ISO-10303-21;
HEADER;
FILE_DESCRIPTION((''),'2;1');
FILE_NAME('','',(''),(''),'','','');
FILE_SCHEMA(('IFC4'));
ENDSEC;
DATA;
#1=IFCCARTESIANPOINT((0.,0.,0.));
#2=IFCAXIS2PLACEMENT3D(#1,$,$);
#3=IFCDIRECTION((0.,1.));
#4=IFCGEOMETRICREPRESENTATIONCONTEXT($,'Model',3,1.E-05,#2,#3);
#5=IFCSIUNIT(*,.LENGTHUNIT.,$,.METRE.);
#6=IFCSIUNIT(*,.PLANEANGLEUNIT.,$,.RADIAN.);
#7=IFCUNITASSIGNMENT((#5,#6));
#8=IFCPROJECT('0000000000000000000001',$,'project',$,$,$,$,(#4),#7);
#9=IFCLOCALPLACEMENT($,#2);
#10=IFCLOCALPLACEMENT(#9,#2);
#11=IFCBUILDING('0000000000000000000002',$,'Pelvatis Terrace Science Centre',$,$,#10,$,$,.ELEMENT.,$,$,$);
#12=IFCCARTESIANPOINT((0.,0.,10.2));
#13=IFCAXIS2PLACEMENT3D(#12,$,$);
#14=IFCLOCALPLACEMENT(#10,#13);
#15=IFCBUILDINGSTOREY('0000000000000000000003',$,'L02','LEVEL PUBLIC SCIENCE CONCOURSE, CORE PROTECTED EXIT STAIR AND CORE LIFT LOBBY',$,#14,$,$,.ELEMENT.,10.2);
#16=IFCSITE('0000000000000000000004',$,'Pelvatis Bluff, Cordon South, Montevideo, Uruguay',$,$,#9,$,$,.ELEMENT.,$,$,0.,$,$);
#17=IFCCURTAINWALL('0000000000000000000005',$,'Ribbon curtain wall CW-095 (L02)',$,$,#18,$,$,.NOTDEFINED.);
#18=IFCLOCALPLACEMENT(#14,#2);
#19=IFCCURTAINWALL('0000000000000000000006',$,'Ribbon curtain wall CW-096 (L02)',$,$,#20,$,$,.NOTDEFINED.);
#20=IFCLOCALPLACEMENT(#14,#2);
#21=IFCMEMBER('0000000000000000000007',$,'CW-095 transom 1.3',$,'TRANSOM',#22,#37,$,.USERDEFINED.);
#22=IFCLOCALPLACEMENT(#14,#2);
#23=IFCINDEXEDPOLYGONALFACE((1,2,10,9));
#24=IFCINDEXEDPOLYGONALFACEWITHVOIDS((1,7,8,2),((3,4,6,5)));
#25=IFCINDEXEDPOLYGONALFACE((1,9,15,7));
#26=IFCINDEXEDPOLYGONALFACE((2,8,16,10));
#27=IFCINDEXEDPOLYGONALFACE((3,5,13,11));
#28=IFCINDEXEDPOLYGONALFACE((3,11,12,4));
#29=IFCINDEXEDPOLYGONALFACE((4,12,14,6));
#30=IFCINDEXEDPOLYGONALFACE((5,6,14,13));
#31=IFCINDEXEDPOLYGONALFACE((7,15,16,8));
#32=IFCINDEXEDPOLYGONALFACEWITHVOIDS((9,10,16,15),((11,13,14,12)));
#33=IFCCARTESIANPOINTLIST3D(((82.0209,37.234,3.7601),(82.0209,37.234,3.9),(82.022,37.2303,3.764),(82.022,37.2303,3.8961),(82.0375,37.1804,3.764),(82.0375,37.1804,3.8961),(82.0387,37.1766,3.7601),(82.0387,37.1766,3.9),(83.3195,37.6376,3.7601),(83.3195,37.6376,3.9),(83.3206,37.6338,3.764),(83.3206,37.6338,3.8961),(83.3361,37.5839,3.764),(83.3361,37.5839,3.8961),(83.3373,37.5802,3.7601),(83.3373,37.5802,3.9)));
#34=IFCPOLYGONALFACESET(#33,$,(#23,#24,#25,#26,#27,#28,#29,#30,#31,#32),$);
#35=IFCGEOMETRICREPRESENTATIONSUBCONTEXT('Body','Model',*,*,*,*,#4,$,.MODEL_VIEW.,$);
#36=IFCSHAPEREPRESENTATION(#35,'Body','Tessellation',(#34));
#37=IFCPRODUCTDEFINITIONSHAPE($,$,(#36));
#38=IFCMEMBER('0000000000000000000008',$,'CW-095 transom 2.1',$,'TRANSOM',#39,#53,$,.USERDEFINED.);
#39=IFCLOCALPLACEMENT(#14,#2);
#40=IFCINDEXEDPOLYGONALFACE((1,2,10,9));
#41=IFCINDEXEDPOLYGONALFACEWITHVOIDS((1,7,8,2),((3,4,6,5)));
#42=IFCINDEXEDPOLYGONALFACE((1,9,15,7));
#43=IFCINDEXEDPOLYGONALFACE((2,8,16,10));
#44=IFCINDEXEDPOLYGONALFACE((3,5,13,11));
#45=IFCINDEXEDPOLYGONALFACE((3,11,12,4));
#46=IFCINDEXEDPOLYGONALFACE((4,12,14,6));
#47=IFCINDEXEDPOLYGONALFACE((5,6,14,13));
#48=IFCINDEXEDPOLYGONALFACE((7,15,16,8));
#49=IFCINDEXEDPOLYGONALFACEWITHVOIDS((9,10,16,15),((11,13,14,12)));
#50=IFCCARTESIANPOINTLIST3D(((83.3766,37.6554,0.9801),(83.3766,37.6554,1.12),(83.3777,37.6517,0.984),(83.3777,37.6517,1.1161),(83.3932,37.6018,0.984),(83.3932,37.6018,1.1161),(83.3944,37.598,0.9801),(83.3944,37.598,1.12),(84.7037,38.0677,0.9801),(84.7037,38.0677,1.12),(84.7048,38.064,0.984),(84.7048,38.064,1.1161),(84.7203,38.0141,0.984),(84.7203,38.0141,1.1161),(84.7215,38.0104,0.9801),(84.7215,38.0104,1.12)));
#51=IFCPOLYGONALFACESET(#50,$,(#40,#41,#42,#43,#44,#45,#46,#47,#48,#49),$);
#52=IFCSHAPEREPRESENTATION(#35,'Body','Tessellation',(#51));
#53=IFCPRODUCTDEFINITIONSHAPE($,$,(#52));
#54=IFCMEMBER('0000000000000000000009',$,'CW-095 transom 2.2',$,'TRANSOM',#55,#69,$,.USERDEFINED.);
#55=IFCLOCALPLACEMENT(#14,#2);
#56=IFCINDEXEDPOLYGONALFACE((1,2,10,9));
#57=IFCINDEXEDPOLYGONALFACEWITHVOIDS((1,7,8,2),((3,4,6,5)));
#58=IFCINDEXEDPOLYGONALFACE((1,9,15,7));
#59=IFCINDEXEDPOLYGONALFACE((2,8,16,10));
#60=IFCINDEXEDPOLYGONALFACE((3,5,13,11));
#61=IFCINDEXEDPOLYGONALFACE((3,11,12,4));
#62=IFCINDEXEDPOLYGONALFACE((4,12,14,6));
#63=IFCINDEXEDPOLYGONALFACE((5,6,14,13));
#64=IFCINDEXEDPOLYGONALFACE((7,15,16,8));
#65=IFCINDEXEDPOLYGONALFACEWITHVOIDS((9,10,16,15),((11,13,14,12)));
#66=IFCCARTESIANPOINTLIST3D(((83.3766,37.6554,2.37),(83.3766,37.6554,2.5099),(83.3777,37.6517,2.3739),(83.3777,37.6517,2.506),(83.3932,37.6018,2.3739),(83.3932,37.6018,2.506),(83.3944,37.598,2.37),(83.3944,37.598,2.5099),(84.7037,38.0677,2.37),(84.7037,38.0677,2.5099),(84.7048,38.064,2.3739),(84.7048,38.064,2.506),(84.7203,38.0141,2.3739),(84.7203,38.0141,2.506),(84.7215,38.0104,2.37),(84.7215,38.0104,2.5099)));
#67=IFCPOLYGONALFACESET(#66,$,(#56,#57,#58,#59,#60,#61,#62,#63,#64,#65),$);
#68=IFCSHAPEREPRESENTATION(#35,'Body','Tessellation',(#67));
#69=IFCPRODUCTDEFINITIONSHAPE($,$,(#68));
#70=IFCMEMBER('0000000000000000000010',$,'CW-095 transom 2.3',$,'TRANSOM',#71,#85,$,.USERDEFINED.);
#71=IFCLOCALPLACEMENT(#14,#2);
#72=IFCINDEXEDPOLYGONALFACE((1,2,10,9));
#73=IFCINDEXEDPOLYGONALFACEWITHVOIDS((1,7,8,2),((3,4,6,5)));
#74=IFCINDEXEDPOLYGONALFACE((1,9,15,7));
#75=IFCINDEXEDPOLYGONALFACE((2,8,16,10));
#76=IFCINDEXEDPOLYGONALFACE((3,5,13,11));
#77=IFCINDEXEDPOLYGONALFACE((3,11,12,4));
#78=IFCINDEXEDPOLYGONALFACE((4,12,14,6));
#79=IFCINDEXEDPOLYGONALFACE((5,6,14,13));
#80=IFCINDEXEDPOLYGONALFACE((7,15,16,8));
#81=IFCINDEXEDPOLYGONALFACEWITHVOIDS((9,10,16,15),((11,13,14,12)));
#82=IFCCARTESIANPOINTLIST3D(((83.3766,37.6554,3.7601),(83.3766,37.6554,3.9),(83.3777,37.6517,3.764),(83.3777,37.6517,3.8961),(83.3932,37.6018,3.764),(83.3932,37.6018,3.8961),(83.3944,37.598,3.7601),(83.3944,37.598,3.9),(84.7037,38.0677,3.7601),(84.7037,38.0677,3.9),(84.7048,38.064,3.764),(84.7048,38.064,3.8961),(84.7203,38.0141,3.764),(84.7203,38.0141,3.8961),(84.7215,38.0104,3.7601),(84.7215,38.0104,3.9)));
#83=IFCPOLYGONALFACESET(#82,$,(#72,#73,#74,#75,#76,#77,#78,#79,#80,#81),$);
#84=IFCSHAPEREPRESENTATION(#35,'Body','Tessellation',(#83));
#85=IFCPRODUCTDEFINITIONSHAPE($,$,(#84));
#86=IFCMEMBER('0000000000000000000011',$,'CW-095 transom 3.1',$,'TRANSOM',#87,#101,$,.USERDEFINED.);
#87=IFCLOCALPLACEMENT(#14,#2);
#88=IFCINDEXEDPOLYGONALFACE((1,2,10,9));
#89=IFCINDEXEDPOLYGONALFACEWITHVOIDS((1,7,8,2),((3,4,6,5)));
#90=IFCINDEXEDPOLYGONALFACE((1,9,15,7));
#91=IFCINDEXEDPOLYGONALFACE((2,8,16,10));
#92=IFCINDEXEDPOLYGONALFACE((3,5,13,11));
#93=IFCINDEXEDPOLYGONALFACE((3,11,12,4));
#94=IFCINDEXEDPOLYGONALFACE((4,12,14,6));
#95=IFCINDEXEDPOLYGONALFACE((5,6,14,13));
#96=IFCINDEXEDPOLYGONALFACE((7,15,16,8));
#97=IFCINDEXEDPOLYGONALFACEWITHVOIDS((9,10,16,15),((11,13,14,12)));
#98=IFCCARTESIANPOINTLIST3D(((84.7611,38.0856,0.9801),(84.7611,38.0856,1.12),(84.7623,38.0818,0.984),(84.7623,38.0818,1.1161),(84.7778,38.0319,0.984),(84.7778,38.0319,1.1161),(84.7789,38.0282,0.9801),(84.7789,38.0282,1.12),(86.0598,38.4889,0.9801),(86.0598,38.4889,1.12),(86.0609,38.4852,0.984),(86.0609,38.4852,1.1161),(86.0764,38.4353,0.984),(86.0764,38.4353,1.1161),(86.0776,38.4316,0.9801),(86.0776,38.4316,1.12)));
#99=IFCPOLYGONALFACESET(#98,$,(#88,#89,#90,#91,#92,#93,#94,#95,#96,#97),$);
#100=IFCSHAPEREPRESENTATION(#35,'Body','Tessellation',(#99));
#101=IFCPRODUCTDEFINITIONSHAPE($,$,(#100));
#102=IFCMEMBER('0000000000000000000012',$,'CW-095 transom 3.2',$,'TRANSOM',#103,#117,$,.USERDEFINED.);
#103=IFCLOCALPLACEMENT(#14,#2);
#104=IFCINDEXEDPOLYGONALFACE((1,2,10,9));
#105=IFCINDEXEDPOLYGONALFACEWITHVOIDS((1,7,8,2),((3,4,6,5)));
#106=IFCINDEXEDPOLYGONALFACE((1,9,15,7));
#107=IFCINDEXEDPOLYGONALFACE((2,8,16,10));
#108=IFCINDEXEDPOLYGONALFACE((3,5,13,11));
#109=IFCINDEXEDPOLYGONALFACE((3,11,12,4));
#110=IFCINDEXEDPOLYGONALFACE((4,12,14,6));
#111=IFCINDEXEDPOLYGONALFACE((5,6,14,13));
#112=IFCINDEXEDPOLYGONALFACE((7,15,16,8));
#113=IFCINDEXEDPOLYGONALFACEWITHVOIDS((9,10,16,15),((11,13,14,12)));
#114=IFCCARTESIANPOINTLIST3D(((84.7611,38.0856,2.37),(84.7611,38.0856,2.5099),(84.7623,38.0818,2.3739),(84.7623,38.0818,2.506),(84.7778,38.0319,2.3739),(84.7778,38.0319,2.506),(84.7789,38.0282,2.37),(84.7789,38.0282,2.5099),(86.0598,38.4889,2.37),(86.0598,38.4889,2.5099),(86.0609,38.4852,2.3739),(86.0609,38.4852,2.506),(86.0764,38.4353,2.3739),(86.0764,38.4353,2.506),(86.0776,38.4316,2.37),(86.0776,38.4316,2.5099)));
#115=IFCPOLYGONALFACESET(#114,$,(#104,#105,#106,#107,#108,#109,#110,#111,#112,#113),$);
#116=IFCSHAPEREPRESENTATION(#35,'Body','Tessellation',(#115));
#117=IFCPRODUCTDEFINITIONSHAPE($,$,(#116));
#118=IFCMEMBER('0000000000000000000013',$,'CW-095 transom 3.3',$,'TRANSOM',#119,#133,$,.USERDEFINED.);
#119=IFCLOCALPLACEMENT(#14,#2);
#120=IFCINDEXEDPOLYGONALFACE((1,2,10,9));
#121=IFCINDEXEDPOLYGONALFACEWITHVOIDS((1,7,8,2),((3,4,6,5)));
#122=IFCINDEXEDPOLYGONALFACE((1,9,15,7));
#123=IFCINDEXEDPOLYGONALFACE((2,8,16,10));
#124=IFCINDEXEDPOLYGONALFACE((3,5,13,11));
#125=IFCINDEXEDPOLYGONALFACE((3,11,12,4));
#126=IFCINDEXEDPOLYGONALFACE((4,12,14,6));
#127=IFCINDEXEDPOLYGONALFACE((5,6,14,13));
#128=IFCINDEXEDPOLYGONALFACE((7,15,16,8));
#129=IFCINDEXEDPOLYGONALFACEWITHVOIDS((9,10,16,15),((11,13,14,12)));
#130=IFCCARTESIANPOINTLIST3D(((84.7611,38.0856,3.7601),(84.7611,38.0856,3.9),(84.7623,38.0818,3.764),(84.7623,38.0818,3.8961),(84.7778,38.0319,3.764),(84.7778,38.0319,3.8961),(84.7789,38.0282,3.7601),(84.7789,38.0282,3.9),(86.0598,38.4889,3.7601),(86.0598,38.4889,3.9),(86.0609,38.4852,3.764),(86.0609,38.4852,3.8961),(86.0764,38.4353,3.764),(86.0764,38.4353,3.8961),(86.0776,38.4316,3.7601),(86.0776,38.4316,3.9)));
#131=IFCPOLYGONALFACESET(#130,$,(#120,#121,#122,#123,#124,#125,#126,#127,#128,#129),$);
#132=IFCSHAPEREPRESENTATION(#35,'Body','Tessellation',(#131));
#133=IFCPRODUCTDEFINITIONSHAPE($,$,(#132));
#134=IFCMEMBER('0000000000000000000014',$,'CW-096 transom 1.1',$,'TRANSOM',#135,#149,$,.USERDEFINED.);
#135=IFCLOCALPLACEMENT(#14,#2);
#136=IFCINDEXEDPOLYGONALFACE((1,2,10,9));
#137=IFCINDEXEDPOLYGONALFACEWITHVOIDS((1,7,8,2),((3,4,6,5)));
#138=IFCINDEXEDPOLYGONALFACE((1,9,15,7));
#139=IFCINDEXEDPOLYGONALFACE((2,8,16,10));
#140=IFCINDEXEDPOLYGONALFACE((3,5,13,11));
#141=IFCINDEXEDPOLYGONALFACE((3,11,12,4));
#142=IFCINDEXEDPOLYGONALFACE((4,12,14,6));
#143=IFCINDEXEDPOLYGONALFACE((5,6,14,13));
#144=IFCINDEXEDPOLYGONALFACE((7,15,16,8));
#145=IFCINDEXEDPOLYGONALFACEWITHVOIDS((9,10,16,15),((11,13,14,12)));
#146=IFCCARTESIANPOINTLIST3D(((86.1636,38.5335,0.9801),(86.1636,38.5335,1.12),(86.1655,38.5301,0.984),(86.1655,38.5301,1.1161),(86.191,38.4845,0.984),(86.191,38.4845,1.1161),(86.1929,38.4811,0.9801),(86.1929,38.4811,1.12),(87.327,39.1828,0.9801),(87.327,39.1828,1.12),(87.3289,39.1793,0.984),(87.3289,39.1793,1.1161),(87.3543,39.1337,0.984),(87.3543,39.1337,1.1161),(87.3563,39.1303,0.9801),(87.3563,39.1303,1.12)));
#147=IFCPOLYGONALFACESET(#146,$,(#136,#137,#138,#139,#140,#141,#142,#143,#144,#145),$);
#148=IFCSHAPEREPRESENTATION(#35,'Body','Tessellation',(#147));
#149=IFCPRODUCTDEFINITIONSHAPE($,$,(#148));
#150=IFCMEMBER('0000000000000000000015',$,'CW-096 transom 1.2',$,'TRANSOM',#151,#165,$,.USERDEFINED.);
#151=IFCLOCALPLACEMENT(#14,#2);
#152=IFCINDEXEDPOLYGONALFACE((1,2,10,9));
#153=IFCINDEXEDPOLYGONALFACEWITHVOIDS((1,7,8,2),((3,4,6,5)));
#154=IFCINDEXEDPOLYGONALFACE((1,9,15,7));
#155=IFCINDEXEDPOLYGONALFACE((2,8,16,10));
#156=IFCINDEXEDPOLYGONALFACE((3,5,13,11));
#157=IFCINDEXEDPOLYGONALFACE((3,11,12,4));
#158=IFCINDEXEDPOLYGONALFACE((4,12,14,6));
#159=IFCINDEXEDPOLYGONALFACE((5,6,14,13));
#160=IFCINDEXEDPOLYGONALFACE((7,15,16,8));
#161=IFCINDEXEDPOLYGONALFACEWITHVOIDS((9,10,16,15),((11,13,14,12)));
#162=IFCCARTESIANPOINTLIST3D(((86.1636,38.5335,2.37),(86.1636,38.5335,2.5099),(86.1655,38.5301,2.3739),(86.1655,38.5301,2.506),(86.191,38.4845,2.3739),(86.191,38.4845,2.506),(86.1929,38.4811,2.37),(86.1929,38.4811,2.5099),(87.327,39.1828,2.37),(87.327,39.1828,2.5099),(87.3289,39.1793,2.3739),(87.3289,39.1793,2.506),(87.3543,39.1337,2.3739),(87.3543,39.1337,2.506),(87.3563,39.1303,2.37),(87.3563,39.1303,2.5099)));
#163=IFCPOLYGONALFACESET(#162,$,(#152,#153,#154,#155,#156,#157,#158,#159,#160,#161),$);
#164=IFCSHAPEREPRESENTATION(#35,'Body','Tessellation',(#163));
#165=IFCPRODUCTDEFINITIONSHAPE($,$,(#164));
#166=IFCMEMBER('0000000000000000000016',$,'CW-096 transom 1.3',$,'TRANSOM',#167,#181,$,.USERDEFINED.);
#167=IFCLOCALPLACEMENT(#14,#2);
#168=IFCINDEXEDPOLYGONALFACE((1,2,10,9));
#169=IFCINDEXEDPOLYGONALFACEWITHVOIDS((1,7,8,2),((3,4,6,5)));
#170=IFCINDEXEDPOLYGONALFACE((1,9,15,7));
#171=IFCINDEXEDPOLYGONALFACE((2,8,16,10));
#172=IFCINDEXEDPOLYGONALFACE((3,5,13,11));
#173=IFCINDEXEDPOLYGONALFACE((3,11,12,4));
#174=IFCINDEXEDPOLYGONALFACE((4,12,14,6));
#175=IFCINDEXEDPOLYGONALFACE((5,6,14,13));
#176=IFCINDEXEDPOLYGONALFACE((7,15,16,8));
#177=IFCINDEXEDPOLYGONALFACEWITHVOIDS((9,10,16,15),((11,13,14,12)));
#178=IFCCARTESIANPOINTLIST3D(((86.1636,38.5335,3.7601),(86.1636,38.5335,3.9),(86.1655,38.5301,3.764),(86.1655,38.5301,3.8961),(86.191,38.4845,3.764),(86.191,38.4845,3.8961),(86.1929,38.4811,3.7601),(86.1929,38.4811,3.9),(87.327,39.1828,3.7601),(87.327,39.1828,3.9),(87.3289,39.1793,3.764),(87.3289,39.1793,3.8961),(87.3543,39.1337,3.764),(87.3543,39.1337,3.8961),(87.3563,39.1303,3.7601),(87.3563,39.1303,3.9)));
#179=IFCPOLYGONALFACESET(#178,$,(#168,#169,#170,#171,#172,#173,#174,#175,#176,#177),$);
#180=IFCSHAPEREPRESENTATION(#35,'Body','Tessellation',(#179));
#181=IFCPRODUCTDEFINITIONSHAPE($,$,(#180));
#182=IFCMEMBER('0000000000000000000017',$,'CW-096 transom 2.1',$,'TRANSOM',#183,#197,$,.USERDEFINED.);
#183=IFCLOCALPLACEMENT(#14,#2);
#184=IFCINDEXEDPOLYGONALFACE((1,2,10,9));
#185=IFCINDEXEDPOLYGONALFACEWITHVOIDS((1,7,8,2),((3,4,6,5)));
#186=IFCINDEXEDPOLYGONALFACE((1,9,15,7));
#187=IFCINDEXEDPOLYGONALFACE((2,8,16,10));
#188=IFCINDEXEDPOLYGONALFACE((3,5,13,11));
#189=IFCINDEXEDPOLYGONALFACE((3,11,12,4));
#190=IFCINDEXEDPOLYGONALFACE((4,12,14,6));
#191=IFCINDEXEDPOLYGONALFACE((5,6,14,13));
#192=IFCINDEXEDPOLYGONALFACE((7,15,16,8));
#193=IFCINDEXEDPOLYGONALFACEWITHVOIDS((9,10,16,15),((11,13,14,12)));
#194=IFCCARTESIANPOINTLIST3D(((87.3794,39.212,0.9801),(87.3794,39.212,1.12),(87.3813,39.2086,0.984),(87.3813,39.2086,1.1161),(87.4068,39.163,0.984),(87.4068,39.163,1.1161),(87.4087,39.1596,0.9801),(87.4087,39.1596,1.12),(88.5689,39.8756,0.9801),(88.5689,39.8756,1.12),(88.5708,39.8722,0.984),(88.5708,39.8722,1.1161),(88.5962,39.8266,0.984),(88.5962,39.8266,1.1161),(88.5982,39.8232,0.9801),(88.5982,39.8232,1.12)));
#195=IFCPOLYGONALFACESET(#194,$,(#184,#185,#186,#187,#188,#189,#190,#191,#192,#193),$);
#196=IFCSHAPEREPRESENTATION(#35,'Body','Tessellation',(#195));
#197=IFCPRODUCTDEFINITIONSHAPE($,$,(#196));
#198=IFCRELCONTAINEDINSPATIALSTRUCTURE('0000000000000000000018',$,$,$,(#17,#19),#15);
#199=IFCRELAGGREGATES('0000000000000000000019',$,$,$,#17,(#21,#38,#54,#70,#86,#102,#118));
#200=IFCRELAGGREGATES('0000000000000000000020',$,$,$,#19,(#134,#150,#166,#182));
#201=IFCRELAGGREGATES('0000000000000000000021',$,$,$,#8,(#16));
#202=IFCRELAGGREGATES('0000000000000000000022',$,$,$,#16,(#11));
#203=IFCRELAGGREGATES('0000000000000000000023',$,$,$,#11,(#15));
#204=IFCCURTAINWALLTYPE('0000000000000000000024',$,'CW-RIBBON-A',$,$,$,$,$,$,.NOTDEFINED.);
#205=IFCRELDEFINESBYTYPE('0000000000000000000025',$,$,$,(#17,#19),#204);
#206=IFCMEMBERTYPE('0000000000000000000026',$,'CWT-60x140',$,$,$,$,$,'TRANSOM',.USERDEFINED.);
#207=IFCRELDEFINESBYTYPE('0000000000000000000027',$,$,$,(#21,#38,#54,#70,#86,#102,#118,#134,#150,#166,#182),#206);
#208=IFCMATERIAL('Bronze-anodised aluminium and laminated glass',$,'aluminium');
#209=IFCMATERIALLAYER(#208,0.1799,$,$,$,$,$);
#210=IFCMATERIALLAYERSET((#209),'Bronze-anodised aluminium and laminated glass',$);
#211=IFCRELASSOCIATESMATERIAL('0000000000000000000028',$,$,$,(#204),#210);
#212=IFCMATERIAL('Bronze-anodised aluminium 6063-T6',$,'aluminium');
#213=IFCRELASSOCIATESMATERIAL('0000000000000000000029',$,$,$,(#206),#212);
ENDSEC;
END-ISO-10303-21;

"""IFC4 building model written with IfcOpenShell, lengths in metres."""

from ifc_helpers import new_model, si_unit, direction, frame, origin, origin_2d, place, context, subcontext, project, spatial, hollow_rectangle, extrude, material, layer, layer_set, material_profile, profile_set, type_object, element, aggregate, save


model = new_model("IFC4")

# Units and contexts
model_context = context("Model", 3, precision=1e-05, world=origin(), true_north=direction((0.0, 1.0)))
body_context = subcontext(model_context, "Body", "Model", "MODEL_VIEW")
ifc_project = project(units=[si_unit("LENGTHUNIT", "METRE"), si_unit("PLANEANGLEUNIT", "RADIAN")], contexts=[model_context])

# Site, building, storey
site_placement = place(None, origin())
site = spatial("IfcSite", under=ifc_project, at=site_placement, Name="Pelvatis Bluff, Cordon South, Montevideo, Uruguay", CompositionType="ELEMENT", RefElevation=0.0)
building_placement = place(site_placement, origin())
building = spatial("IfcBuilding", under=site, at=building_placement, Name="Pelvatis Terrace Science Centre", CompositionType="ELEMENT")
storey_placement = place(building_placement, frame((0.0, 0.0, 10.2)))
storey = spatial("IfcBuildingStorey", under=building, at=storey_placement, Name="L02", Description="LEVEL PUBLIC SCIENCE CONCOURSE, CORE PROTECTED EXIT STAIR AND CORE LIFT LOBBY", CompositionType="ELEMENT", Elevation=10.2)

# Curtain walls
ifc_material_1 = material(Name="Bronze-anodised aluminium and laminated glass", Category="aluminium")
ifc_layer_1 = layer(ifc_material_1, 0.1799)
ifc_layer_set_1 = layer_set([ifc_layer_1], Name="Bronze-anodised aluminium and laminated glass")
curtain_wall_type = type_object("IfcCurtainWallType", Name="CW-RIBBON-A", PredefinedType="NOTDEFINED", material=ifc_layer_set_1)
curtain_wall_1_placement = place(storey_placement, origin())
curtain_wall_1 = element("IfcCurtainWall", 1, at=curtain_wall_1_placement, inside=storey, type_object=curtain_wall_type, Name="Ribbon curtain wall CW-095 (L02)", PredefinedType="NOTDEFINED")
curtain_wall_2_placement = place(storey_placement, origin())
curtain_wall_2 = element("IfcCurtainWall", 2, at=curtain_wall_2_placement, inside=storey, type_object=curtain_wall_type, Name="Ribbon curtain wall CW-096 (L02)", PredefinedType="NOTDEFINED")

# Members
ifc_material_2 = material(Name="Bronze-anodised aluminium 6063-T6", Category="aluminium")
ifc_material_profile_1 = material_profile(ifc_material_2, hollow_rectangle(XDim=0.0601, YDim=0.1399, WallThickness=0.0039, at=origin_2d()), Name="ALU-TRN 60x140")
ifc_profile_set_1 = profile_set([ifc_material_profile_1], Name="Bronze-anodised aluminium 6063-T6")
member_type_1 = type_object("IfcMemberType", Name="CWT-60x140", ElementType="TRANSOM", PredefinedType="USERDEFINED", material=ifc_profile_set_1)
member_1_placement = place(storey_placement, frame((82.0298, 37.2053, 3.8301), z_axis=(0.954948, 0.296772, 0.0), x_axis=(-0.296772, 0.954948, 0.0)))
member_1 = element("IfcMember", 3, at=member_1_placement, type_object=member_type_1, Name="CW-095 transom 1.3", ObjectType="TRANSOM", PredefinedType="USERDEFINED", context=body_context, shape_type="SweptSolid", body=[
    extrude(hollow_rectangle(XDim=0.0601, YDim=0.1399, WallThickness=0.0039, at=origin_2d()), origin(), (0.0, 0.0, 1.0), 1.3599),
])
member_2_placement = place(storey_placement, frame((83.3855, 37.6267, 1.05), z_axis=(0.954966, 0.296714, 0.0), x_axis=(-0.296714, 0.954966, 0.0)))
member_2 = element("IfcMember", 4, at=member_2_placement, type_object=member_type_1, Name="CW-095 transom 2.1", ObjectType="TRANSOM", PredefinedType="USERDEFINED", context=body_context, shape_type="SweptSolid", body=[
    extrude(hollow_rectangle(XDim=0.0601, YDim=0.1399, WallThickness=0.0039, at=origin_2d()), origin(), (0.0, 0.0, 1.0), 1.3896),
])
member_3_placement = place(storey_placement, frame((83.3855, 37.6267, 2.4399), z_axis=(0.954966, 0.296714, 0.0), x_axis=(-0.296714, 0.954966, 0.0)))
member_3 = element("IfcMember", 5, at=member_3_placement, type_object=member_type_1, Name="CW-095 transom 2.2", ObjectType="TRANSOM", PredefinedType="USERDEFINED", context=body_context, shape_type="SweptSolid", body=[
    extrude(hollow_rectangle(XDim=0.0601, YDim=0.1399, WallThickness=0.0039, at=origin_2d()), origin(), (0.0, 0.0, 1.0), 1.3896),
])
member_4_placement = place(storey_placement, frame((83.3855, 37.6267, 3.8301), z_axis=(0.954966, 0.296714, 0.0), x_axis=(-0.296714, 0.954966, 0.0)))
member_4 = element("IfcMember", 6, at=member_4_placement, type_object=member_type_1, Name="CW-095 transom 2.3", ObjectType="TRANSOM", PredefinedType="USERDEFINED", context=body_context, shape_type="SweptSolid", body=[
    extrude(hollow_rectangle(XDim=0.0601, YDim=0.1399, WallThickness=0.0039, at=origin_2d()), origin(), (0.0, 0.0, 1.0), 1.3896),
])
member_5_placement = place(storey_placement, frame((84.77, 38.0569, 1.05), z_axis=(0.954999, 0.296608, 0.0), x_axis=(-0.296608, 0.954999, 0.0)))
member_5 = element("IfcMember", 7, at=member_5_placement, type_object=member_type_1, Name="CW-095 transom 3.1", ObjectType="TRANSOM", PredefinedType="USERDEFINED", context=body_context, shape_type="SweptSolid", body=[
    extrude(hollow_rectangle(XDim=0.0601, YDim=0.1399, WallThickness=0.0039, at=origin_2d()), origin(), (0.0, 0.0, 1.0), 1.3599),
])
member_6_placement = place(storey_placement, frame((84.77, 38.0569, 2.4399), z_axis=(0.954999, 0.296608, 0.0), x_axis=(-0.296608, 0.954999, 0.0)))
member_6 = element("IfcMember", 8, at=member_6_placement, type_object=member_type_1, Name="CW-095 transom 3.2", ObjectType="TRANSOM", PredefinedType="USERDEFINED", context=body_context, shape_type="SweptSolid", body=[
    extrude(hollow_rectangle(XDim=0.0601, YDim=0.1399, WallThickness=0.0039, at=origin_2d()), origin(), (0.0, 0.0, 1.0), 1.3599),
])
member_7_placement = place(storey_placement, frame((84.77, 38.0569, 3.8301), z_axis=(0.954999, 0.296608, 0.0), x_axis=(-0.296608, 0.954999, 0.0)))
member_7 = element("IfcMember", 9, at=member_7_placement, type_object=member_type_1, Name="CW-095 transom 3.3", ObjectType="TRANSOM", PredefinedType="USERDEFINED", context=body_context, shape_type="SweptSolid", body=[
    extrude(hollow_rectangle(XDim=0.0601, YDim=0.1399, WallThickness=0.0039, at=origin_2d()), origin(), (0.0, 0.0, 1.0), 1.3599),
])
member_8_placement = place(storey_placement, frame((86.1782, 38.5073, 1.05), z_axis=(0.873239, 0.487291, 0.0), x_axis=(-0.487291, 0.873239, 0.0)))
member_8 = element("IfcMember", 10, at=member_8_placement, type_object=member_type_1, Name="CW-096 transom 1.1", ObjectType="TRANSOM", PredefinedType="USERDEFINED", context=body_context, shape_type="SweptSolid", body=[
    extrude(hollow_rectangle(XDim=0.0601, YDim=0.1399, WallThickness=0.0039, at=origin_2d()), origin(), (0.0, 0.0, 1.0), 1.3323),
])
member_9_placement = place(storey_placement, frame((86.1782, 38.5073, 2.4399), z_axis=(0.873239, 0.487291, 0.0), x_axis=(-0.487291, 0.873239, 0.0)))
member_9 = element("IfcMember", 11, at=member_9_placement, type_object=member_type_1, Name="CW-096 transom 1.2", ObjectType="TRANSOM", PredefinedType="USERDEFINED", context=body_context, shape_type="SweptSolid", body=[
    extrude(hollow_rectangle(XDim=0.0601, YDim=0.1399, WallThickness=0.0039, at=origin_2d()), origin(), (0.0, 0.0, 1.0), 1.3323),
])
member_10_placement = place(storey_placement, frame((86.1782, 38.5073, 3.8301), z_axis=(0.873239, 0.487291, 0.0), x_axis=(-0.487291, 0.873239, 0.0)))
member_10 = element("IfcMember", 12, at=member_10_placement, type_object=member_type_1, Name="CW-096 transom 1.3", ObjectType="TRANSOM", PredefinedType="USERDEFINED", context=body_context, shape_type="SweptSolid", body=[
    extrude(hollow_rectangle(XDim=0.0601, YDim=0.1399, WallThickness=0.0039, at=origin_2d()), origin(), (0.0, 0.0, 1.0), 1.3323),
])
member_11_placement = place(storey_placement, frame((87.394, 39.1858, 1.05), z_axis=(0.873293, 0.487195, 0.0), x_axis=(-0.487195, 0.873293, 0.0)))
member_11 = element("IfcMember", 13, at=member_11_placement, type_object=member_type_1, Name="CW-096 transom 2.1", ObjectType="TRANSOM", PredefinedType="USERDEFINED", context=body_context, shape_type="SweptSolid", body=[
    extrude(hollow_rectangle(XDim=0.0601, YDim=0.1399, WallThickness=0.0039, at=origin_2d()), origin(), (0.0, 0.0, 1.0), 1.3621),
])

aggregate(curtain_wall_1, [member_1, member_2, member_3, member_4, member_5, member_6, member_7])
aggregate(curtain_wall_2, [member_8, member_9, member_10, member_11])

save(model, "model.ifc")
